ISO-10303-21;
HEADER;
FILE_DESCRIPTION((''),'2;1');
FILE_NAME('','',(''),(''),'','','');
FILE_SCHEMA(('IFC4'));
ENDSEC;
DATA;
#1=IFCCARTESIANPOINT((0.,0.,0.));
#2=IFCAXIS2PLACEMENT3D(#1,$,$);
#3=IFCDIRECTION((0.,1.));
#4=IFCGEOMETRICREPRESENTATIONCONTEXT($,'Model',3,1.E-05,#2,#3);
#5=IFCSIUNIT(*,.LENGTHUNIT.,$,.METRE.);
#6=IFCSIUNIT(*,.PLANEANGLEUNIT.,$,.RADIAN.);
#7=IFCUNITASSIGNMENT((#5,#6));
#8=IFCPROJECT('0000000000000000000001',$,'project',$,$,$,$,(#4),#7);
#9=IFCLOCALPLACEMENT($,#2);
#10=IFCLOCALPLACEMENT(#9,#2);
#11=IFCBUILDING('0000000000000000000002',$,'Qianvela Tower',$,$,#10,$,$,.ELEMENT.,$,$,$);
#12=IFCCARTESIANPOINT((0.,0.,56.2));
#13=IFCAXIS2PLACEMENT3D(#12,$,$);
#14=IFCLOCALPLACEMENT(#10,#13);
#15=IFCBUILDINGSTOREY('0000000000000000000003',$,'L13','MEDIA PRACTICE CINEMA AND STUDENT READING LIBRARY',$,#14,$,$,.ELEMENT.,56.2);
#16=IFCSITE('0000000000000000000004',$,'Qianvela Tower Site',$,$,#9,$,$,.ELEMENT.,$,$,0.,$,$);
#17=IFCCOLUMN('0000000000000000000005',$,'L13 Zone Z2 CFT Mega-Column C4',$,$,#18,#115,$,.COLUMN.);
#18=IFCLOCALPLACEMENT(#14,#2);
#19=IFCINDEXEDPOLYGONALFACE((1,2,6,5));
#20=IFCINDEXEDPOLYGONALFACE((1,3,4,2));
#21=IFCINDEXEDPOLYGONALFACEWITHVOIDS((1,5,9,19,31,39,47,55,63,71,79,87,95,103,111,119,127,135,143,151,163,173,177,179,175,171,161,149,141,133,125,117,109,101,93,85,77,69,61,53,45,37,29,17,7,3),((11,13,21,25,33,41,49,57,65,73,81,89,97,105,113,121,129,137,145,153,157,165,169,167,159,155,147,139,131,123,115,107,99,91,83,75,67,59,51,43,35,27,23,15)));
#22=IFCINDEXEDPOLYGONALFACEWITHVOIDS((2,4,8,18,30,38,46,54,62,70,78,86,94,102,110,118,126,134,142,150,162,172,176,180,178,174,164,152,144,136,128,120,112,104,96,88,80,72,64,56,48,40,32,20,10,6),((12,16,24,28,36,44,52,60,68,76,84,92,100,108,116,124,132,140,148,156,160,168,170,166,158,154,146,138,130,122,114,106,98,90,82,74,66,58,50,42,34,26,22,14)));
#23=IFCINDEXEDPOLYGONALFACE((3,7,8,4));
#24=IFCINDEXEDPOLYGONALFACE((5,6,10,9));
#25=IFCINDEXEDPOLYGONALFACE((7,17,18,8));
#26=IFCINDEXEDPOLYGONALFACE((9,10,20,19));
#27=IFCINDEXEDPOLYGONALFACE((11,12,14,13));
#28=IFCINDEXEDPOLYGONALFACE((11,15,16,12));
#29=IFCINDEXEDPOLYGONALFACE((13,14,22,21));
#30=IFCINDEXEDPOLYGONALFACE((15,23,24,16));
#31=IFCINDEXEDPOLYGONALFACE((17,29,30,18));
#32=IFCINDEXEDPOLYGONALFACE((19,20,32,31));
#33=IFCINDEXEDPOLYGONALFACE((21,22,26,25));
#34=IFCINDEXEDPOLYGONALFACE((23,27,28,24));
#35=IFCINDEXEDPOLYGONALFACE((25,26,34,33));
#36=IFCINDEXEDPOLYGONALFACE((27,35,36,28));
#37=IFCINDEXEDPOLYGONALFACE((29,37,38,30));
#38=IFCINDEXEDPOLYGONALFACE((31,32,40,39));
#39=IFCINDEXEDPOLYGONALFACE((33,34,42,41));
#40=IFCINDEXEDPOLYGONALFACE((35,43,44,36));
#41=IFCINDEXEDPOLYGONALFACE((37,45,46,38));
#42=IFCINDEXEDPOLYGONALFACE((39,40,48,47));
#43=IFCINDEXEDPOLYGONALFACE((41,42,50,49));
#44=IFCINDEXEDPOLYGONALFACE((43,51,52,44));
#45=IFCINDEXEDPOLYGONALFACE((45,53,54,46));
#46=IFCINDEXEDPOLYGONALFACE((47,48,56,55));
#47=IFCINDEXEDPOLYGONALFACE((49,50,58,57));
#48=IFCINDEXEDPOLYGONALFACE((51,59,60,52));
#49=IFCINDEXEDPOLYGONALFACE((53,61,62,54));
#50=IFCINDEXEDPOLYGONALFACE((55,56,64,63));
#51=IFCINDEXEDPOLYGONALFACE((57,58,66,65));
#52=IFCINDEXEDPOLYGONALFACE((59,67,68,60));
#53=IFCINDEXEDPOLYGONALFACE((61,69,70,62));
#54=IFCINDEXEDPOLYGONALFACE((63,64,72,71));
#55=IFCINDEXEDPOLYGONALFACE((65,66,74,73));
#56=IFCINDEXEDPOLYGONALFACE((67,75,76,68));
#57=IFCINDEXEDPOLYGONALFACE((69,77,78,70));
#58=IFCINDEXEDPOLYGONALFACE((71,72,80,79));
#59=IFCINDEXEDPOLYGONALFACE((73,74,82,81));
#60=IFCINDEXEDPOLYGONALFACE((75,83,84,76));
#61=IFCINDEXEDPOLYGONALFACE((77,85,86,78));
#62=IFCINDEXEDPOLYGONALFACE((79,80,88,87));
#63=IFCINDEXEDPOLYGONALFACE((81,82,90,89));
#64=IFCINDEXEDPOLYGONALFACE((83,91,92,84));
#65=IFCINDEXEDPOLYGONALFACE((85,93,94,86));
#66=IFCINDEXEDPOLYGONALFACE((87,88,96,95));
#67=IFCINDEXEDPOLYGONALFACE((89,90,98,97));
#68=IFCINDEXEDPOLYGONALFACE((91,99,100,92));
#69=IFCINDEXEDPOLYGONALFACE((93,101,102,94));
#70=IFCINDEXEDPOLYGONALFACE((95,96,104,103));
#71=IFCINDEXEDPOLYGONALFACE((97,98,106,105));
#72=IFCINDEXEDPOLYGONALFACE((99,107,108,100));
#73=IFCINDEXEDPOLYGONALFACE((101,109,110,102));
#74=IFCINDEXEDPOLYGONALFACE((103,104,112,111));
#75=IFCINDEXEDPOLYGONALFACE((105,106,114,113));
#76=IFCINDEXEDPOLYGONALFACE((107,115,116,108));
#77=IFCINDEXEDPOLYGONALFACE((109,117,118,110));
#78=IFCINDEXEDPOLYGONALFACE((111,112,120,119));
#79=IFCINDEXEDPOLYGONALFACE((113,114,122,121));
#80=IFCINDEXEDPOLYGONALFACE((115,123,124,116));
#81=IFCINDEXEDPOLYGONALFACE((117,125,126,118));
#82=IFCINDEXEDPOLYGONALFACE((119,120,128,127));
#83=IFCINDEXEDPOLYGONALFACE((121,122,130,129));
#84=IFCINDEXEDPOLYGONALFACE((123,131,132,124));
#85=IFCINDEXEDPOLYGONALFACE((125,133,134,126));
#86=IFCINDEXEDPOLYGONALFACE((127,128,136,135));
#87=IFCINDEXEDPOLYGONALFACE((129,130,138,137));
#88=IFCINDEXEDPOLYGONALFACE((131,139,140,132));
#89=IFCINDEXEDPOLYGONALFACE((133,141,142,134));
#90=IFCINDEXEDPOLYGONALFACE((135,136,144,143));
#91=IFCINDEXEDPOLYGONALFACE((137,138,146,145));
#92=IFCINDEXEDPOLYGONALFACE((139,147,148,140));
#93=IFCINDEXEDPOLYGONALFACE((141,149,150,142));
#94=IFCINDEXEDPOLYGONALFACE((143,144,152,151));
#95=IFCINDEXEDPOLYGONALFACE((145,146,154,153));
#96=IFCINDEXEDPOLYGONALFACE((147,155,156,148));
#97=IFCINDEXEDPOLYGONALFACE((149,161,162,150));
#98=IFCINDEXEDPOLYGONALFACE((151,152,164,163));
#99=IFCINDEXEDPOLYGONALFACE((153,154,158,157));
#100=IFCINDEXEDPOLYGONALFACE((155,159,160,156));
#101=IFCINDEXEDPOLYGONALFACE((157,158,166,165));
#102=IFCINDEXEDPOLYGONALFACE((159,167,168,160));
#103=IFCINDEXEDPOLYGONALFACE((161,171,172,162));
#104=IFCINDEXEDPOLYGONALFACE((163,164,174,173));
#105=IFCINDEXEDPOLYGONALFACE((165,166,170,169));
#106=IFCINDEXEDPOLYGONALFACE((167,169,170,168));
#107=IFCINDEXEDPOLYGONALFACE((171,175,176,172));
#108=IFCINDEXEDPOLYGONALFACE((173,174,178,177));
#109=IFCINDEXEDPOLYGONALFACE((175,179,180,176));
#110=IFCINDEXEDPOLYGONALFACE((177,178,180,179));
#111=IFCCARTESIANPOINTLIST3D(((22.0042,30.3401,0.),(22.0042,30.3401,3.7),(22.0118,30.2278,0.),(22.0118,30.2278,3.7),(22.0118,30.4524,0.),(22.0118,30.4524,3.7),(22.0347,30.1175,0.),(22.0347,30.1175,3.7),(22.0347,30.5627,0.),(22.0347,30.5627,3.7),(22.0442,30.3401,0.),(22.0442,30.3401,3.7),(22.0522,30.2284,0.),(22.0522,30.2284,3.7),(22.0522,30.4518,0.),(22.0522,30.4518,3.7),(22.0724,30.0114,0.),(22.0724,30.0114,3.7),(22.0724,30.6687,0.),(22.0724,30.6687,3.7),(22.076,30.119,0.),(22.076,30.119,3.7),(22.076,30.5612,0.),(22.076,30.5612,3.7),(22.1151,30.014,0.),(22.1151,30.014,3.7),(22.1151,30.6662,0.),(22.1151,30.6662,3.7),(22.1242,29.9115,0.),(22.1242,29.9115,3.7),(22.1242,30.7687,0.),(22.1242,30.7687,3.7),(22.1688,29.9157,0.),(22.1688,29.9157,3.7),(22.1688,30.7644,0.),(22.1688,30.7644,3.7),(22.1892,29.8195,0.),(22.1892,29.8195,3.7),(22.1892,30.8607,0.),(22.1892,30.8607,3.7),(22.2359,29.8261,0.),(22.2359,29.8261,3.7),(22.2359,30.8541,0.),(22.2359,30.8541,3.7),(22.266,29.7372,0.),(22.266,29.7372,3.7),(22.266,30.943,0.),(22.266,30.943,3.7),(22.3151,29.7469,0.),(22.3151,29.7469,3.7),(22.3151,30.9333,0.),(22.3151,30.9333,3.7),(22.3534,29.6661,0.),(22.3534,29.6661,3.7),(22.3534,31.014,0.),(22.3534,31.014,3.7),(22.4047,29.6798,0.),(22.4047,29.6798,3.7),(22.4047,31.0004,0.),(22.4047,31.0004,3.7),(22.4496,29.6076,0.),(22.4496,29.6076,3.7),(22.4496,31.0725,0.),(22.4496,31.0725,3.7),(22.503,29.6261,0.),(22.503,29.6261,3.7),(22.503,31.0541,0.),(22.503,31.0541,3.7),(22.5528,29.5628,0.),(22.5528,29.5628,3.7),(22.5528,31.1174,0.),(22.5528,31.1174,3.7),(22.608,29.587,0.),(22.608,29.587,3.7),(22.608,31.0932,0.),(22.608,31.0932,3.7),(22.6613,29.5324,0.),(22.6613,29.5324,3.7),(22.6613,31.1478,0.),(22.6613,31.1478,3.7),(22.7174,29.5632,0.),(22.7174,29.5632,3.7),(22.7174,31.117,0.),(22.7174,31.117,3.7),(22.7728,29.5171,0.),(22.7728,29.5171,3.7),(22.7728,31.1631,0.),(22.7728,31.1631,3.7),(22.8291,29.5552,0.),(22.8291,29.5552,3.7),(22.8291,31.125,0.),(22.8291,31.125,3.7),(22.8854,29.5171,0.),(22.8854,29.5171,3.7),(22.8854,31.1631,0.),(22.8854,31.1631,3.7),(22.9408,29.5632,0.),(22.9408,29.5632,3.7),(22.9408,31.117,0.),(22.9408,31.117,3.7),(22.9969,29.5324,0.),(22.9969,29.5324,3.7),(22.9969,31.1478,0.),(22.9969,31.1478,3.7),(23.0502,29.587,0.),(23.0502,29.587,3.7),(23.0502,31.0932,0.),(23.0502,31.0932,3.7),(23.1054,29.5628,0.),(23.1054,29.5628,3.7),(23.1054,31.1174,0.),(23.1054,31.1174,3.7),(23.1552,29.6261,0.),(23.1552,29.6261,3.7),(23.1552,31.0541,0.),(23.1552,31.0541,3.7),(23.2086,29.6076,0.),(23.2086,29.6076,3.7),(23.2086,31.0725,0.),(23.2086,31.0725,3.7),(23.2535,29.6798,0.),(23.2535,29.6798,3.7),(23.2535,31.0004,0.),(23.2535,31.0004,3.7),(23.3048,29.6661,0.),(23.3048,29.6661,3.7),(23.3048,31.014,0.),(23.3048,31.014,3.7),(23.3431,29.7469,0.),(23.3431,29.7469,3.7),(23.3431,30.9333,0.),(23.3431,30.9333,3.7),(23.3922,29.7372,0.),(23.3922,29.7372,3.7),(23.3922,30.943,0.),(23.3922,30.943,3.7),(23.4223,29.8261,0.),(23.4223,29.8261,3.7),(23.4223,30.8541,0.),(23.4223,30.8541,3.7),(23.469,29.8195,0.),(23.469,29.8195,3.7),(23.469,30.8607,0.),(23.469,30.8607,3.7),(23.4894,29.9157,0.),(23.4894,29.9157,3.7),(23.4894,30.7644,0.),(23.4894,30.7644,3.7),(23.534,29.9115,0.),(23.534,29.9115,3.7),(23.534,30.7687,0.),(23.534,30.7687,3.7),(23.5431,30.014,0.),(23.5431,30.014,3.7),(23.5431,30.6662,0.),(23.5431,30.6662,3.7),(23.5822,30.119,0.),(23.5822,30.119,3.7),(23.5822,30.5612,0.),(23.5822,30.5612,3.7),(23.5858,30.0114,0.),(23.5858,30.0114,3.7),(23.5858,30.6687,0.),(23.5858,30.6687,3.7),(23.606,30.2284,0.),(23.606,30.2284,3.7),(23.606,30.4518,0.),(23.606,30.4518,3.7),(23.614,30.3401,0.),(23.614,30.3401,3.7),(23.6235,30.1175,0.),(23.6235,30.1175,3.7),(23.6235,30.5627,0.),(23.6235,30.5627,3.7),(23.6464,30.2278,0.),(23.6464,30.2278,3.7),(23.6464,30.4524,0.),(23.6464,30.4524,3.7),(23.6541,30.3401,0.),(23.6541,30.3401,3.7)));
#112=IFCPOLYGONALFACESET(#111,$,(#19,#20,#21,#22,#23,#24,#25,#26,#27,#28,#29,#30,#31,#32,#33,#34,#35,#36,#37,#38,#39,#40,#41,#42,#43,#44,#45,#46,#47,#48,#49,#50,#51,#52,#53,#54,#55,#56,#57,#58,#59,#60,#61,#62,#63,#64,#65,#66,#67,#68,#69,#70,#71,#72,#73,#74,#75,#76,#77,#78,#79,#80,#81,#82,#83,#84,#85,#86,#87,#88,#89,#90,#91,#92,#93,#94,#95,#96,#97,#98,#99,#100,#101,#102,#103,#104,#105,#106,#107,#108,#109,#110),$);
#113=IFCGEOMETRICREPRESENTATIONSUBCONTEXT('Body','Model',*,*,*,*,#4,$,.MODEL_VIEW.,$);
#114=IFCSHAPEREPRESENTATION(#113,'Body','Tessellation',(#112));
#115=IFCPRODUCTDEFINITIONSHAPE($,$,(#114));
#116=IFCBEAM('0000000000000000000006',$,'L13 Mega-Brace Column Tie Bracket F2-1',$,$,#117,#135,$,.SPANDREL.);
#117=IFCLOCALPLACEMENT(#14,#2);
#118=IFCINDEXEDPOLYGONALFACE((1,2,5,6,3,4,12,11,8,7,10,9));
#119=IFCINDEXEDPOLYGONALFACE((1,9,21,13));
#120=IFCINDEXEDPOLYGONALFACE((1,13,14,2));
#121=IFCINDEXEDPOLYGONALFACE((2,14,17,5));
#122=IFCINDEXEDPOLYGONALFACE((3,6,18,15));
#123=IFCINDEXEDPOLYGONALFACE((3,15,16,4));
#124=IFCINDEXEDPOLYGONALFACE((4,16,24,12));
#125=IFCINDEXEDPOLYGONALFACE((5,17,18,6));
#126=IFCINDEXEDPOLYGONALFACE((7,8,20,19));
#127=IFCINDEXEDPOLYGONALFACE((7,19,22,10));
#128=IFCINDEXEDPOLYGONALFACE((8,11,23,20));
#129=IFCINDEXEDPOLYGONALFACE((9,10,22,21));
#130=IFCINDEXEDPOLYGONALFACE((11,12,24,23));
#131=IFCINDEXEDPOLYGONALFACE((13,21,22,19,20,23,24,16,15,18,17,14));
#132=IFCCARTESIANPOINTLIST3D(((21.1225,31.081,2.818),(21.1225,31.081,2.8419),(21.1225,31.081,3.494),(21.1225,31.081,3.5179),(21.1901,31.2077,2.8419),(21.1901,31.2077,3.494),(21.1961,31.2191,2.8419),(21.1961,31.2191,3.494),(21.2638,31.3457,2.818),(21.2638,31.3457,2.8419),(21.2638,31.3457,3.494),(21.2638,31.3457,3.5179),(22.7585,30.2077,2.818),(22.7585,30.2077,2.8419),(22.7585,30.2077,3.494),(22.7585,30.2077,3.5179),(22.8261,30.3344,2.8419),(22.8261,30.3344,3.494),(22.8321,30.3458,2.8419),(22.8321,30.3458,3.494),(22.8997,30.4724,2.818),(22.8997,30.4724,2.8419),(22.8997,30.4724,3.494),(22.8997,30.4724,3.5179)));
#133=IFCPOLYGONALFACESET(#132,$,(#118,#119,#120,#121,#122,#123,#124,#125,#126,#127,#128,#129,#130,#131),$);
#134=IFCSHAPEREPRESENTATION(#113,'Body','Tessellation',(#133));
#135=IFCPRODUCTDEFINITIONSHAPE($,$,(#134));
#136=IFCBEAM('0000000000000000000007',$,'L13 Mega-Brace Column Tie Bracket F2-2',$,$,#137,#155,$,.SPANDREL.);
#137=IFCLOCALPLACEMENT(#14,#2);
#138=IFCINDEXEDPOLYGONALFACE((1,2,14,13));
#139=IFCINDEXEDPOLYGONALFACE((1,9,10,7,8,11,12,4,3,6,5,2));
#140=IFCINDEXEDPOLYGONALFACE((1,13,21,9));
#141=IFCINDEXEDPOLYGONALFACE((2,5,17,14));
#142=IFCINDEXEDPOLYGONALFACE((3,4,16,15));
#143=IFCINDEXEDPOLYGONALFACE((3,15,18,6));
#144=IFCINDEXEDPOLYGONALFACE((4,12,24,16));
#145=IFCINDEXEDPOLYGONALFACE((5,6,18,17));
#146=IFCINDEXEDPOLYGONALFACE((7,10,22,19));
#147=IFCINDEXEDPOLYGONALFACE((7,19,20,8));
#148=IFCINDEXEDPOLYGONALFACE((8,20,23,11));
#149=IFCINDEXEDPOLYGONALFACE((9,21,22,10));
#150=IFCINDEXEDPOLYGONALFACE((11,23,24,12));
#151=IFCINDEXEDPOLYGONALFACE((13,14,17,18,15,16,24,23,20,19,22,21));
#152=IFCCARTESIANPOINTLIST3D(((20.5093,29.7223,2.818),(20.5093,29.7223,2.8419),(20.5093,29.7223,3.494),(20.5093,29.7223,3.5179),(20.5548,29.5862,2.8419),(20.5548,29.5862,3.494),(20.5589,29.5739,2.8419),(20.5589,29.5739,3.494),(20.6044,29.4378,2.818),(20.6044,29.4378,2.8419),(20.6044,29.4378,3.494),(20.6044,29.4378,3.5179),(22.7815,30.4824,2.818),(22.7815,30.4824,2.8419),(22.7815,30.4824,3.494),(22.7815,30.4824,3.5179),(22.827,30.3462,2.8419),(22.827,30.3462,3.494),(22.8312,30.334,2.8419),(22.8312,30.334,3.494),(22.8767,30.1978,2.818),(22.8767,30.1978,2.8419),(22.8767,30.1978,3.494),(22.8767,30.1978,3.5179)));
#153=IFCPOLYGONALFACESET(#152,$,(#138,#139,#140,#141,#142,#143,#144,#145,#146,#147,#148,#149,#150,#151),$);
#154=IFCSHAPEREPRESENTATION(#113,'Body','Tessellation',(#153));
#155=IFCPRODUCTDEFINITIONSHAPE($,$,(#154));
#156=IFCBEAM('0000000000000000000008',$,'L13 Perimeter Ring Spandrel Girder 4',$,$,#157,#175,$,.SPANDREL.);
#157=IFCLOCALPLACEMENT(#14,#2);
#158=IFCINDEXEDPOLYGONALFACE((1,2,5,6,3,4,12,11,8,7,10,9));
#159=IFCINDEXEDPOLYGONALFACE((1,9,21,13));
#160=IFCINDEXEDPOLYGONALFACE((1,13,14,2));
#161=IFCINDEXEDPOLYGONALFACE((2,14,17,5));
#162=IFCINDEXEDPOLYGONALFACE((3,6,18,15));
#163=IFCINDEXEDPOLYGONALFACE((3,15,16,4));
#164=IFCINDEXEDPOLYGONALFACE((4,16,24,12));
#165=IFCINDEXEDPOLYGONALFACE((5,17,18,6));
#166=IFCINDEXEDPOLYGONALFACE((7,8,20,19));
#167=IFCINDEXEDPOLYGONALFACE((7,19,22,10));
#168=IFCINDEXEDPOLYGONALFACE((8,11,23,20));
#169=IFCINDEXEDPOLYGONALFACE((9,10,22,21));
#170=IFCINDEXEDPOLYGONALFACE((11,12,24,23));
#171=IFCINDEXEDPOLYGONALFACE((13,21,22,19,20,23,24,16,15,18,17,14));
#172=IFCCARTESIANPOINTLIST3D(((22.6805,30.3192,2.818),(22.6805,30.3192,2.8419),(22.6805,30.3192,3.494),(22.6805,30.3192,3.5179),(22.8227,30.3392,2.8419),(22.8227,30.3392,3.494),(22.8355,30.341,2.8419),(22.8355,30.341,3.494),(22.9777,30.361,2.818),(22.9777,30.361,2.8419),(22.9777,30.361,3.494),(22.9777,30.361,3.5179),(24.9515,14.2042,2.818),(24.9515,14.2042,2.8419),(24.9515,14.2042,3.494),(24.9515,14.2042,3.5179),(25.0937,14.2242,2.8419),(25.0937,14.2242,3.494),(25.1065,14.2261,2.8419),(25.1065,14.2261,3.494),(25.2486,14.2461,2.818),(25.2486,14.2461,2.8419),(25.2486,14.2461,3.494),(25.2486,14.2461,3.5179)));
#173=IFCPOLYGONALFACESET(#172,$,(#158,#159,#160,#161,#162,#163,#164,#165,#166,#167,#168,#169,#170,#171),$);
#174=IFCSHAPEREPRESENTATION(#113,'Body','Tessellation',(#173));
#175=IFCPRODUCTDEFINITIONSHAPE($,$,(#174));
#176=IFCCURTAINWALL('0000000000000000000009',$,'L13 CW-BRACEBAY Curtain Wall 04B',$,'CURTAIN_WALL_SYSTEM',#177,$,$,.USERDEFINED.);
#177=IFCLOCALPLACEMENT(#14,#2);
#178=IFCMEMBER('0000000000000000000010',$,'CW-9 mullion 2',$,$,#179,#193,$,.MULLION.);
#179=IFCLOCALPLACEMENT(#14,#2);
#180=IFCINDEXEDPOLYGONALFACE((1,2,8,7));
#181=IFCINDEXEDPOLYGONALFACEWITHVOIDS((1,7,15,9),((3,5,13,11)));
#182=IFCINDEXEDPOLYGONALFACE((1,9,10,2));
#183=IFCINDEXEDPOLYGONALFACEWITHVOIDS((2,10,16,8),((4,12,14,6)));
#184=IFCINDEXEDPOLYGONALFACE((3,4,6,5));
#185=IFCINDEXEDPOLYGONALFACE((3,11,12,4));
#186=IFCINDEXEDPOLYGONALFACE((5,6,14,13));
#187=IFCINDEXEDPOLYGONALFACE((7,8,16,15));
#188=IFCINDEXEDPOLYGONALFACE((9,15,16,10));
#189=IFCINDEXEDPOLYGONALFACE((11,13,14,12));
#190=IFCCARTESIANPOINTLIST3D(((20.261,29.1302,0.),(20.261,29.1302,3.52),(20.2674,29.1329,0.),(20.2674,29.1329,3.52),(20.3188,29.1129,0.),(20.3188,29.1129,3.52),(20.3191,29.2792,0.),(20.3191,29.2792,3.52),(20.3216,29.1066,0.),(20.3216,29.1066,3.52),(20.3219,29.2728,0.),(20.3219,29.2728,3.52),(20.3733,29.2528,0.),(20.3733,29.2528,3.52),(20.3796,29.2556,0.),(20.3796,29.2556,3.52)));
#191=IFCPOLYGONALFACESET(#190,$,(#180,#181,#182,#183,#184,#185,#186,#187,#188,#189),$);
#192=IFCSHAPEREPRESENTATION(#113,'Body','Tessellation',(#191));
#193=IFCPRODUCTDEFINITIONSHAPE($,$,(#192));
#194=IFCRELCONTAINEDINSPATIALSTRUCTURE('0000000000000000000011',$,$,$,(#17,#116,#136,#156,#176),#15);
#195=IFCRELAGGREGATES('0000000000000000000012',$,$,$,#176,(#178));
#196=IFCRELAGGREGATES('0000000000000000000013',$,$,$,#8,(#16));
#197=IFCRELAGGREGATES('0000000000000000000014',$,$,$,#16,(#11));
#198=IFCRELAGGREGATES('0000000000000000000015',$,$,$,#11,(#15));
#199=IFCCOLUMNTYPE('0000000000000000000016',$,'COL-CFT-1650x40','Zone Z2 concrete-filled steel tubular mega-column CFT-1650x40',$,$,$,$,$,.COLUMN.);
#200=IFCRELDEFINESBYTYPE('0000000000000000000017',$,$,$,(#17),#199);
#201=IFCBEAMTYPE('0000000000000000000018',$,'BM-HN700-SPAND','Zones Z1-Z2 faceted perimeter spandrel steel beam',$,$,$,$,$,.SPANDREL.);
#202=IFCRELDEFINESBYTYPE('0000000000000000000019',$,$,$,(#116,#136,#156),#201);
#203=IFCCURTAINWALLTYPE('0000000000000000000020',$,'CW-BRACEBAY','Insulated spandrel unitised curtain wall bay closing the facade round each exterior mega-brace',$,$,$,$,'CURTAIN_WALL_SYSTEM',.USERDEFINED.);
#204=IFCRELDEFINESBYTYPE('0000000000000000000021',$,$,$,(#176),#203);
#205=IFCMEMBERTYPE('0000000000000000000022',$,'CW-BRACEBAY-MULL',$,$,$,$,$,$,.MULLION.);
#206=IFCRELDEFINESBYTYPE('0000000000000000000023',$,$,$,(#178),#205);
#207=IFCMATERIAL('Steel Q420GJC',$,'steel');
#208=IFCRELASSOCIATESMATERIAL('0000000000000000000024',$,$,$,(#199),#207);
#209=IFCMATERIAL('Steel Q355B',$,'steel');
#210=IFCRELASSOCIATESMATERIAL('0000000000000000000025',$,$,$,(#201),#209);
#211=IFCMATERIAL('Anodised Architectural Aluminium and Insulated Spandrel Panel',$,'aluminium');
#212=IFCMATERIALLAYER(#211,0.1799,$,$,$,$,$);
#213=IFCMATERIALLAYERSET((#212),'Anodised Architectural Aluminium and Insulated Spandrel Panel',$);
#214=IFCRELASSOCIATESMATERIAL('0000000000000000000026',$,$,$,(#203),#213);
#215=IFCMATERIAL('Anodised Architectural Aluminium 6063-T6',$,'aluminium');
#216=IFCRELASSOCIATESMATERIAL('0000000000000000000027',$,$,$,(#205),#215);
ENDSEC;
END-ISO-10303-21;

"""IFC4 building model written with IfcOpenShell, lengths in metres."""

from ifc_helpers import new_model, si_unit, direction, frame, origin, origin_2d, place, context, subcontext, project, spatial, hollow_rectangle, hollow_circle, i_section, extrude, material, layer, layer_set, material_profile, profile_set, type_object, element, aggregate, save


model = new_model("IFC4")

# Units and contexts
model_context = context("Model", 3, precision=1e-05, world=origin(), true_north=direction((0.0, 1.0)))
body_context = subcontext(model_context, "Body", "Model", "MODEL_VIEW")
ifc_project = project(units=[si_unit("LENGTHUNIT", "METRE"), si_unit("PLANEANGLEUNIT", "RADIAN")], contexts=[model_context])

# Site, building, storey
site_placement = place(None, origin())
site = spatial("IfcSite", under=ifc_project, at=site_placement, Name="Qianvela Tower Site", CompositionType="ELEMENT", RefElevation=0.0)
building_placement = place(site_placement, origin())
building = spatial("IfcBuilding", under=site, at=building_placement, Name="Qianvela Tower", CompositionType="ELEMENT")
storey_placement = place(building_placement, frame((0.0, 0.0, 56.2)))
storey = spatial("IfcBuildingStorey", under=building, at=storey_placement, Name="L13", Description="MEDIA PRACTICE CINEMA AND STUDENT READING LIBRARY", CompositionType="ELEMENT", Elevation=56.2)

# Column
ifc_material_1 = material(Name="Steel Q420GJC", Category="steel")
ifc_material_profile_1 = material_profile(ifc_material_1, hollow_circle(Radius=0.825, WallThickness=0.04, at=origin_2d()), Name="CFT-1650x40")
ifc_profile_set_1 = profile_set([ifc_material_profile_1], Name="Steel Q420GJC")
column_type = type_object("IfcColumnType", Name="COL-CFT-1650x40", Description="Zone Z2 concrete-filled steel tubular mega-column CFT-1650x40", PredefinedType="COLUMN", material=ifc_profile_set_1)
column_placement = place(storey_placement, frame((22.8291, 30.3401, 0.0), z_axis=(0.0, 0.0, 1.0), x_axis=(1.0, 0.0, 0.0)))
element("IfcColumn", 1, at=column_placement, inside=storey, type_object=column_type, Name="L13 Zone Z2 CFT Mega-Column C4", PredefinedType="COLUMN", context=body_context, shape_type="SweptSolid", body=[
    extrude(hollow_circle(Radius=0.825, WallThickness=0.04, at=origin_2d()), origin(), (0.0, 0.0, 1.0), 3.7),
])

# Beams
ifc_material_2 = material(Name="Steel Q355B", Category="steel")
ifc_material_profile_2 = material_profile(ifc_material_2, i_section(OverallWidth=0.3, OverallDepth=0.7, WebThickness=0.0129, FlangeThickness=0.0239, at=origin_2d()), Name="HN700x300x13x24")
ifc_profile_set_2 = profile_set([ifc_material_profile_2], Name="Steel Q355B")
beam_type = type_object("IfcBeamType", Name="BM-HN700-SPAND", Description="Zones Z1-Z2 faceted perimeter spandrel steel beam", PredefinedType="SPANDREL", material=ifc_profile_set_2)
beam_1_placement = place(storey_placement, frame((22.8291, 30.3401, 3.168), z_axis=(-0.882182, 0.470909, 0.0), x_axis=(-0.470909, -0.882182, 0.0)))
element("IfcBeam", 2, at=beam_1_placement, inside=storey, type_object=beam_type, Name="L13 Mega-Brace Column Tie Bracket F2-1", PredefinedType="SPANDREL", context=body_context, shape_type="SweptSolid", body=[
    extrude(i_section(OverallWidth=0.3, OverallDepth=0.7, WebThickness=0.0129, FlangeThickness=0.0239, at=origin_2d()), origin(), (0.0, 0.0, 1.0), 1.8545),
])
beam_2_placement = place(storey_placement, frame((22.8291, 30.3401, 3.168), z_axis=(-0.948357, -0.317206, 0.0), x_axis=(0.317206, -0.948357, 0.0)))
element("IfcBeam", 3, at=beam_2_placement, inside=storey, type_object=beam_type, Name="L13 Mega-Brace Column Tie Bracket F2-2", PredefinedType="SPANDREL", context=body_context, shape_type="SweptSolid", body=[
    extrude(i_section(OverallWidth=0.3, OverallDepth=0.7, WebThickness=0.0129, FlangeThickness=0.0239, at=origin_2d()), origin(), (0.0, 0.0, 1.0), 2.396),
])
beam_3_placement = place(storey_placement, frame((22.8291, 30.3401, 3.168), z_axis=(0.139546, -0.990216, 0.0), x_axis=(0.990216, 0.139546, 0.0)))
element("IfcBeam", 4, at=beam_3_placement, inside=storey, type_object=beam_type, Name="L13 Perimeter Ring Spandrel Girder 4", PredefinedType="SPANDREL", context=body_context, shape_type="SweptSolid", body=[
    extrude(i_section(OverallWidth=0.3, OverallDepth=0.7, WebThickness=0.0129, FlangeThickness=0.0239, at=origin_2d()), origin(), (0.0, 0.0, 1.0), 16.2742),
])

# Curtain wall, member
ifc_material_3 = material(Name="Anodised Architectural Aluminium and Insulated Spandrel Panel", Category="aluminium")
ifc_layer_1 = layer(ifc_material_3, 0.1799)
ifc_layer_set_1 = layer_set([ifc_layer_1], Name="Anodised Architectural Aluminium and Insulated Spandrel Panel")
curtain_wall_type_1 = type_object("IfcCurtainWallType", Name="CW-BRACEBAY", Description="Insulated spandrel unitised curtain wall bay closing the facade round each exterior mega-brace", ElementType="CURTAIN_WALL_SYSTEM", PredefinedType="USERDEFINED", material=ifc_layer_set_1)
curtain_wall_1_placement = place(storey_placement, origin())
curtain_wall_1 = element("IfcCurtainWall", 5, at=curtain_wall_1_placement, inside=storey, type_object=curtain_wall_type_1, Name="L13 CW-BRACEBAY Curtain Wall 04B", ObjectType="CURTAIN_WALL_SYSTEM", PredefinedType="USERDEFINED")
ifc_material_4 = material(Name="Anodised Architectural Aluminium 6063-T6", Category="aluminium")
ifc_material_profile_3 = material_profile(ifc_material_4, hollow_rectangle(XDim=0.0649, YDim=0.1599, WallThickness=0.0049, at=origin_2d()), Name="ALU-MULL-65x160")
ifc_profile_set_3 = profile_set([ifc_material_profile_3], Name="Anodised Architectural Aluminium 6063-T6")
member_type_1 = type_object("IfcMemberType", Name="CW-BRACEBAY-MULL", PredefinedType="MULLION", material=ifc_profile_set_3)
member_1_placement = place(storey_placement, frame((20.3203, 29.1929, 0.0), z_axis=(0.0, 0.0, 1.0), x_axis=(0.931818, -0.362927, 0.0)))
member_1 = element("IfcMember", 6, at=member_1_placement, type_object=member_type_1, Name="CW-9 mullion 2", PredefinedType="MULLION", context=body_context, shape_type="SweptSolid", body=[
    extrude(hollow_rectangle(XDim=0.0649, YDim=0.1599, WallThickness=0.0049, at=origin_2d()), origin(), (0.0, 0.0, 1.0), 3.52),
])

aggregate(curtain_wall_1, [member_1])

save(model, "model.ifc")
